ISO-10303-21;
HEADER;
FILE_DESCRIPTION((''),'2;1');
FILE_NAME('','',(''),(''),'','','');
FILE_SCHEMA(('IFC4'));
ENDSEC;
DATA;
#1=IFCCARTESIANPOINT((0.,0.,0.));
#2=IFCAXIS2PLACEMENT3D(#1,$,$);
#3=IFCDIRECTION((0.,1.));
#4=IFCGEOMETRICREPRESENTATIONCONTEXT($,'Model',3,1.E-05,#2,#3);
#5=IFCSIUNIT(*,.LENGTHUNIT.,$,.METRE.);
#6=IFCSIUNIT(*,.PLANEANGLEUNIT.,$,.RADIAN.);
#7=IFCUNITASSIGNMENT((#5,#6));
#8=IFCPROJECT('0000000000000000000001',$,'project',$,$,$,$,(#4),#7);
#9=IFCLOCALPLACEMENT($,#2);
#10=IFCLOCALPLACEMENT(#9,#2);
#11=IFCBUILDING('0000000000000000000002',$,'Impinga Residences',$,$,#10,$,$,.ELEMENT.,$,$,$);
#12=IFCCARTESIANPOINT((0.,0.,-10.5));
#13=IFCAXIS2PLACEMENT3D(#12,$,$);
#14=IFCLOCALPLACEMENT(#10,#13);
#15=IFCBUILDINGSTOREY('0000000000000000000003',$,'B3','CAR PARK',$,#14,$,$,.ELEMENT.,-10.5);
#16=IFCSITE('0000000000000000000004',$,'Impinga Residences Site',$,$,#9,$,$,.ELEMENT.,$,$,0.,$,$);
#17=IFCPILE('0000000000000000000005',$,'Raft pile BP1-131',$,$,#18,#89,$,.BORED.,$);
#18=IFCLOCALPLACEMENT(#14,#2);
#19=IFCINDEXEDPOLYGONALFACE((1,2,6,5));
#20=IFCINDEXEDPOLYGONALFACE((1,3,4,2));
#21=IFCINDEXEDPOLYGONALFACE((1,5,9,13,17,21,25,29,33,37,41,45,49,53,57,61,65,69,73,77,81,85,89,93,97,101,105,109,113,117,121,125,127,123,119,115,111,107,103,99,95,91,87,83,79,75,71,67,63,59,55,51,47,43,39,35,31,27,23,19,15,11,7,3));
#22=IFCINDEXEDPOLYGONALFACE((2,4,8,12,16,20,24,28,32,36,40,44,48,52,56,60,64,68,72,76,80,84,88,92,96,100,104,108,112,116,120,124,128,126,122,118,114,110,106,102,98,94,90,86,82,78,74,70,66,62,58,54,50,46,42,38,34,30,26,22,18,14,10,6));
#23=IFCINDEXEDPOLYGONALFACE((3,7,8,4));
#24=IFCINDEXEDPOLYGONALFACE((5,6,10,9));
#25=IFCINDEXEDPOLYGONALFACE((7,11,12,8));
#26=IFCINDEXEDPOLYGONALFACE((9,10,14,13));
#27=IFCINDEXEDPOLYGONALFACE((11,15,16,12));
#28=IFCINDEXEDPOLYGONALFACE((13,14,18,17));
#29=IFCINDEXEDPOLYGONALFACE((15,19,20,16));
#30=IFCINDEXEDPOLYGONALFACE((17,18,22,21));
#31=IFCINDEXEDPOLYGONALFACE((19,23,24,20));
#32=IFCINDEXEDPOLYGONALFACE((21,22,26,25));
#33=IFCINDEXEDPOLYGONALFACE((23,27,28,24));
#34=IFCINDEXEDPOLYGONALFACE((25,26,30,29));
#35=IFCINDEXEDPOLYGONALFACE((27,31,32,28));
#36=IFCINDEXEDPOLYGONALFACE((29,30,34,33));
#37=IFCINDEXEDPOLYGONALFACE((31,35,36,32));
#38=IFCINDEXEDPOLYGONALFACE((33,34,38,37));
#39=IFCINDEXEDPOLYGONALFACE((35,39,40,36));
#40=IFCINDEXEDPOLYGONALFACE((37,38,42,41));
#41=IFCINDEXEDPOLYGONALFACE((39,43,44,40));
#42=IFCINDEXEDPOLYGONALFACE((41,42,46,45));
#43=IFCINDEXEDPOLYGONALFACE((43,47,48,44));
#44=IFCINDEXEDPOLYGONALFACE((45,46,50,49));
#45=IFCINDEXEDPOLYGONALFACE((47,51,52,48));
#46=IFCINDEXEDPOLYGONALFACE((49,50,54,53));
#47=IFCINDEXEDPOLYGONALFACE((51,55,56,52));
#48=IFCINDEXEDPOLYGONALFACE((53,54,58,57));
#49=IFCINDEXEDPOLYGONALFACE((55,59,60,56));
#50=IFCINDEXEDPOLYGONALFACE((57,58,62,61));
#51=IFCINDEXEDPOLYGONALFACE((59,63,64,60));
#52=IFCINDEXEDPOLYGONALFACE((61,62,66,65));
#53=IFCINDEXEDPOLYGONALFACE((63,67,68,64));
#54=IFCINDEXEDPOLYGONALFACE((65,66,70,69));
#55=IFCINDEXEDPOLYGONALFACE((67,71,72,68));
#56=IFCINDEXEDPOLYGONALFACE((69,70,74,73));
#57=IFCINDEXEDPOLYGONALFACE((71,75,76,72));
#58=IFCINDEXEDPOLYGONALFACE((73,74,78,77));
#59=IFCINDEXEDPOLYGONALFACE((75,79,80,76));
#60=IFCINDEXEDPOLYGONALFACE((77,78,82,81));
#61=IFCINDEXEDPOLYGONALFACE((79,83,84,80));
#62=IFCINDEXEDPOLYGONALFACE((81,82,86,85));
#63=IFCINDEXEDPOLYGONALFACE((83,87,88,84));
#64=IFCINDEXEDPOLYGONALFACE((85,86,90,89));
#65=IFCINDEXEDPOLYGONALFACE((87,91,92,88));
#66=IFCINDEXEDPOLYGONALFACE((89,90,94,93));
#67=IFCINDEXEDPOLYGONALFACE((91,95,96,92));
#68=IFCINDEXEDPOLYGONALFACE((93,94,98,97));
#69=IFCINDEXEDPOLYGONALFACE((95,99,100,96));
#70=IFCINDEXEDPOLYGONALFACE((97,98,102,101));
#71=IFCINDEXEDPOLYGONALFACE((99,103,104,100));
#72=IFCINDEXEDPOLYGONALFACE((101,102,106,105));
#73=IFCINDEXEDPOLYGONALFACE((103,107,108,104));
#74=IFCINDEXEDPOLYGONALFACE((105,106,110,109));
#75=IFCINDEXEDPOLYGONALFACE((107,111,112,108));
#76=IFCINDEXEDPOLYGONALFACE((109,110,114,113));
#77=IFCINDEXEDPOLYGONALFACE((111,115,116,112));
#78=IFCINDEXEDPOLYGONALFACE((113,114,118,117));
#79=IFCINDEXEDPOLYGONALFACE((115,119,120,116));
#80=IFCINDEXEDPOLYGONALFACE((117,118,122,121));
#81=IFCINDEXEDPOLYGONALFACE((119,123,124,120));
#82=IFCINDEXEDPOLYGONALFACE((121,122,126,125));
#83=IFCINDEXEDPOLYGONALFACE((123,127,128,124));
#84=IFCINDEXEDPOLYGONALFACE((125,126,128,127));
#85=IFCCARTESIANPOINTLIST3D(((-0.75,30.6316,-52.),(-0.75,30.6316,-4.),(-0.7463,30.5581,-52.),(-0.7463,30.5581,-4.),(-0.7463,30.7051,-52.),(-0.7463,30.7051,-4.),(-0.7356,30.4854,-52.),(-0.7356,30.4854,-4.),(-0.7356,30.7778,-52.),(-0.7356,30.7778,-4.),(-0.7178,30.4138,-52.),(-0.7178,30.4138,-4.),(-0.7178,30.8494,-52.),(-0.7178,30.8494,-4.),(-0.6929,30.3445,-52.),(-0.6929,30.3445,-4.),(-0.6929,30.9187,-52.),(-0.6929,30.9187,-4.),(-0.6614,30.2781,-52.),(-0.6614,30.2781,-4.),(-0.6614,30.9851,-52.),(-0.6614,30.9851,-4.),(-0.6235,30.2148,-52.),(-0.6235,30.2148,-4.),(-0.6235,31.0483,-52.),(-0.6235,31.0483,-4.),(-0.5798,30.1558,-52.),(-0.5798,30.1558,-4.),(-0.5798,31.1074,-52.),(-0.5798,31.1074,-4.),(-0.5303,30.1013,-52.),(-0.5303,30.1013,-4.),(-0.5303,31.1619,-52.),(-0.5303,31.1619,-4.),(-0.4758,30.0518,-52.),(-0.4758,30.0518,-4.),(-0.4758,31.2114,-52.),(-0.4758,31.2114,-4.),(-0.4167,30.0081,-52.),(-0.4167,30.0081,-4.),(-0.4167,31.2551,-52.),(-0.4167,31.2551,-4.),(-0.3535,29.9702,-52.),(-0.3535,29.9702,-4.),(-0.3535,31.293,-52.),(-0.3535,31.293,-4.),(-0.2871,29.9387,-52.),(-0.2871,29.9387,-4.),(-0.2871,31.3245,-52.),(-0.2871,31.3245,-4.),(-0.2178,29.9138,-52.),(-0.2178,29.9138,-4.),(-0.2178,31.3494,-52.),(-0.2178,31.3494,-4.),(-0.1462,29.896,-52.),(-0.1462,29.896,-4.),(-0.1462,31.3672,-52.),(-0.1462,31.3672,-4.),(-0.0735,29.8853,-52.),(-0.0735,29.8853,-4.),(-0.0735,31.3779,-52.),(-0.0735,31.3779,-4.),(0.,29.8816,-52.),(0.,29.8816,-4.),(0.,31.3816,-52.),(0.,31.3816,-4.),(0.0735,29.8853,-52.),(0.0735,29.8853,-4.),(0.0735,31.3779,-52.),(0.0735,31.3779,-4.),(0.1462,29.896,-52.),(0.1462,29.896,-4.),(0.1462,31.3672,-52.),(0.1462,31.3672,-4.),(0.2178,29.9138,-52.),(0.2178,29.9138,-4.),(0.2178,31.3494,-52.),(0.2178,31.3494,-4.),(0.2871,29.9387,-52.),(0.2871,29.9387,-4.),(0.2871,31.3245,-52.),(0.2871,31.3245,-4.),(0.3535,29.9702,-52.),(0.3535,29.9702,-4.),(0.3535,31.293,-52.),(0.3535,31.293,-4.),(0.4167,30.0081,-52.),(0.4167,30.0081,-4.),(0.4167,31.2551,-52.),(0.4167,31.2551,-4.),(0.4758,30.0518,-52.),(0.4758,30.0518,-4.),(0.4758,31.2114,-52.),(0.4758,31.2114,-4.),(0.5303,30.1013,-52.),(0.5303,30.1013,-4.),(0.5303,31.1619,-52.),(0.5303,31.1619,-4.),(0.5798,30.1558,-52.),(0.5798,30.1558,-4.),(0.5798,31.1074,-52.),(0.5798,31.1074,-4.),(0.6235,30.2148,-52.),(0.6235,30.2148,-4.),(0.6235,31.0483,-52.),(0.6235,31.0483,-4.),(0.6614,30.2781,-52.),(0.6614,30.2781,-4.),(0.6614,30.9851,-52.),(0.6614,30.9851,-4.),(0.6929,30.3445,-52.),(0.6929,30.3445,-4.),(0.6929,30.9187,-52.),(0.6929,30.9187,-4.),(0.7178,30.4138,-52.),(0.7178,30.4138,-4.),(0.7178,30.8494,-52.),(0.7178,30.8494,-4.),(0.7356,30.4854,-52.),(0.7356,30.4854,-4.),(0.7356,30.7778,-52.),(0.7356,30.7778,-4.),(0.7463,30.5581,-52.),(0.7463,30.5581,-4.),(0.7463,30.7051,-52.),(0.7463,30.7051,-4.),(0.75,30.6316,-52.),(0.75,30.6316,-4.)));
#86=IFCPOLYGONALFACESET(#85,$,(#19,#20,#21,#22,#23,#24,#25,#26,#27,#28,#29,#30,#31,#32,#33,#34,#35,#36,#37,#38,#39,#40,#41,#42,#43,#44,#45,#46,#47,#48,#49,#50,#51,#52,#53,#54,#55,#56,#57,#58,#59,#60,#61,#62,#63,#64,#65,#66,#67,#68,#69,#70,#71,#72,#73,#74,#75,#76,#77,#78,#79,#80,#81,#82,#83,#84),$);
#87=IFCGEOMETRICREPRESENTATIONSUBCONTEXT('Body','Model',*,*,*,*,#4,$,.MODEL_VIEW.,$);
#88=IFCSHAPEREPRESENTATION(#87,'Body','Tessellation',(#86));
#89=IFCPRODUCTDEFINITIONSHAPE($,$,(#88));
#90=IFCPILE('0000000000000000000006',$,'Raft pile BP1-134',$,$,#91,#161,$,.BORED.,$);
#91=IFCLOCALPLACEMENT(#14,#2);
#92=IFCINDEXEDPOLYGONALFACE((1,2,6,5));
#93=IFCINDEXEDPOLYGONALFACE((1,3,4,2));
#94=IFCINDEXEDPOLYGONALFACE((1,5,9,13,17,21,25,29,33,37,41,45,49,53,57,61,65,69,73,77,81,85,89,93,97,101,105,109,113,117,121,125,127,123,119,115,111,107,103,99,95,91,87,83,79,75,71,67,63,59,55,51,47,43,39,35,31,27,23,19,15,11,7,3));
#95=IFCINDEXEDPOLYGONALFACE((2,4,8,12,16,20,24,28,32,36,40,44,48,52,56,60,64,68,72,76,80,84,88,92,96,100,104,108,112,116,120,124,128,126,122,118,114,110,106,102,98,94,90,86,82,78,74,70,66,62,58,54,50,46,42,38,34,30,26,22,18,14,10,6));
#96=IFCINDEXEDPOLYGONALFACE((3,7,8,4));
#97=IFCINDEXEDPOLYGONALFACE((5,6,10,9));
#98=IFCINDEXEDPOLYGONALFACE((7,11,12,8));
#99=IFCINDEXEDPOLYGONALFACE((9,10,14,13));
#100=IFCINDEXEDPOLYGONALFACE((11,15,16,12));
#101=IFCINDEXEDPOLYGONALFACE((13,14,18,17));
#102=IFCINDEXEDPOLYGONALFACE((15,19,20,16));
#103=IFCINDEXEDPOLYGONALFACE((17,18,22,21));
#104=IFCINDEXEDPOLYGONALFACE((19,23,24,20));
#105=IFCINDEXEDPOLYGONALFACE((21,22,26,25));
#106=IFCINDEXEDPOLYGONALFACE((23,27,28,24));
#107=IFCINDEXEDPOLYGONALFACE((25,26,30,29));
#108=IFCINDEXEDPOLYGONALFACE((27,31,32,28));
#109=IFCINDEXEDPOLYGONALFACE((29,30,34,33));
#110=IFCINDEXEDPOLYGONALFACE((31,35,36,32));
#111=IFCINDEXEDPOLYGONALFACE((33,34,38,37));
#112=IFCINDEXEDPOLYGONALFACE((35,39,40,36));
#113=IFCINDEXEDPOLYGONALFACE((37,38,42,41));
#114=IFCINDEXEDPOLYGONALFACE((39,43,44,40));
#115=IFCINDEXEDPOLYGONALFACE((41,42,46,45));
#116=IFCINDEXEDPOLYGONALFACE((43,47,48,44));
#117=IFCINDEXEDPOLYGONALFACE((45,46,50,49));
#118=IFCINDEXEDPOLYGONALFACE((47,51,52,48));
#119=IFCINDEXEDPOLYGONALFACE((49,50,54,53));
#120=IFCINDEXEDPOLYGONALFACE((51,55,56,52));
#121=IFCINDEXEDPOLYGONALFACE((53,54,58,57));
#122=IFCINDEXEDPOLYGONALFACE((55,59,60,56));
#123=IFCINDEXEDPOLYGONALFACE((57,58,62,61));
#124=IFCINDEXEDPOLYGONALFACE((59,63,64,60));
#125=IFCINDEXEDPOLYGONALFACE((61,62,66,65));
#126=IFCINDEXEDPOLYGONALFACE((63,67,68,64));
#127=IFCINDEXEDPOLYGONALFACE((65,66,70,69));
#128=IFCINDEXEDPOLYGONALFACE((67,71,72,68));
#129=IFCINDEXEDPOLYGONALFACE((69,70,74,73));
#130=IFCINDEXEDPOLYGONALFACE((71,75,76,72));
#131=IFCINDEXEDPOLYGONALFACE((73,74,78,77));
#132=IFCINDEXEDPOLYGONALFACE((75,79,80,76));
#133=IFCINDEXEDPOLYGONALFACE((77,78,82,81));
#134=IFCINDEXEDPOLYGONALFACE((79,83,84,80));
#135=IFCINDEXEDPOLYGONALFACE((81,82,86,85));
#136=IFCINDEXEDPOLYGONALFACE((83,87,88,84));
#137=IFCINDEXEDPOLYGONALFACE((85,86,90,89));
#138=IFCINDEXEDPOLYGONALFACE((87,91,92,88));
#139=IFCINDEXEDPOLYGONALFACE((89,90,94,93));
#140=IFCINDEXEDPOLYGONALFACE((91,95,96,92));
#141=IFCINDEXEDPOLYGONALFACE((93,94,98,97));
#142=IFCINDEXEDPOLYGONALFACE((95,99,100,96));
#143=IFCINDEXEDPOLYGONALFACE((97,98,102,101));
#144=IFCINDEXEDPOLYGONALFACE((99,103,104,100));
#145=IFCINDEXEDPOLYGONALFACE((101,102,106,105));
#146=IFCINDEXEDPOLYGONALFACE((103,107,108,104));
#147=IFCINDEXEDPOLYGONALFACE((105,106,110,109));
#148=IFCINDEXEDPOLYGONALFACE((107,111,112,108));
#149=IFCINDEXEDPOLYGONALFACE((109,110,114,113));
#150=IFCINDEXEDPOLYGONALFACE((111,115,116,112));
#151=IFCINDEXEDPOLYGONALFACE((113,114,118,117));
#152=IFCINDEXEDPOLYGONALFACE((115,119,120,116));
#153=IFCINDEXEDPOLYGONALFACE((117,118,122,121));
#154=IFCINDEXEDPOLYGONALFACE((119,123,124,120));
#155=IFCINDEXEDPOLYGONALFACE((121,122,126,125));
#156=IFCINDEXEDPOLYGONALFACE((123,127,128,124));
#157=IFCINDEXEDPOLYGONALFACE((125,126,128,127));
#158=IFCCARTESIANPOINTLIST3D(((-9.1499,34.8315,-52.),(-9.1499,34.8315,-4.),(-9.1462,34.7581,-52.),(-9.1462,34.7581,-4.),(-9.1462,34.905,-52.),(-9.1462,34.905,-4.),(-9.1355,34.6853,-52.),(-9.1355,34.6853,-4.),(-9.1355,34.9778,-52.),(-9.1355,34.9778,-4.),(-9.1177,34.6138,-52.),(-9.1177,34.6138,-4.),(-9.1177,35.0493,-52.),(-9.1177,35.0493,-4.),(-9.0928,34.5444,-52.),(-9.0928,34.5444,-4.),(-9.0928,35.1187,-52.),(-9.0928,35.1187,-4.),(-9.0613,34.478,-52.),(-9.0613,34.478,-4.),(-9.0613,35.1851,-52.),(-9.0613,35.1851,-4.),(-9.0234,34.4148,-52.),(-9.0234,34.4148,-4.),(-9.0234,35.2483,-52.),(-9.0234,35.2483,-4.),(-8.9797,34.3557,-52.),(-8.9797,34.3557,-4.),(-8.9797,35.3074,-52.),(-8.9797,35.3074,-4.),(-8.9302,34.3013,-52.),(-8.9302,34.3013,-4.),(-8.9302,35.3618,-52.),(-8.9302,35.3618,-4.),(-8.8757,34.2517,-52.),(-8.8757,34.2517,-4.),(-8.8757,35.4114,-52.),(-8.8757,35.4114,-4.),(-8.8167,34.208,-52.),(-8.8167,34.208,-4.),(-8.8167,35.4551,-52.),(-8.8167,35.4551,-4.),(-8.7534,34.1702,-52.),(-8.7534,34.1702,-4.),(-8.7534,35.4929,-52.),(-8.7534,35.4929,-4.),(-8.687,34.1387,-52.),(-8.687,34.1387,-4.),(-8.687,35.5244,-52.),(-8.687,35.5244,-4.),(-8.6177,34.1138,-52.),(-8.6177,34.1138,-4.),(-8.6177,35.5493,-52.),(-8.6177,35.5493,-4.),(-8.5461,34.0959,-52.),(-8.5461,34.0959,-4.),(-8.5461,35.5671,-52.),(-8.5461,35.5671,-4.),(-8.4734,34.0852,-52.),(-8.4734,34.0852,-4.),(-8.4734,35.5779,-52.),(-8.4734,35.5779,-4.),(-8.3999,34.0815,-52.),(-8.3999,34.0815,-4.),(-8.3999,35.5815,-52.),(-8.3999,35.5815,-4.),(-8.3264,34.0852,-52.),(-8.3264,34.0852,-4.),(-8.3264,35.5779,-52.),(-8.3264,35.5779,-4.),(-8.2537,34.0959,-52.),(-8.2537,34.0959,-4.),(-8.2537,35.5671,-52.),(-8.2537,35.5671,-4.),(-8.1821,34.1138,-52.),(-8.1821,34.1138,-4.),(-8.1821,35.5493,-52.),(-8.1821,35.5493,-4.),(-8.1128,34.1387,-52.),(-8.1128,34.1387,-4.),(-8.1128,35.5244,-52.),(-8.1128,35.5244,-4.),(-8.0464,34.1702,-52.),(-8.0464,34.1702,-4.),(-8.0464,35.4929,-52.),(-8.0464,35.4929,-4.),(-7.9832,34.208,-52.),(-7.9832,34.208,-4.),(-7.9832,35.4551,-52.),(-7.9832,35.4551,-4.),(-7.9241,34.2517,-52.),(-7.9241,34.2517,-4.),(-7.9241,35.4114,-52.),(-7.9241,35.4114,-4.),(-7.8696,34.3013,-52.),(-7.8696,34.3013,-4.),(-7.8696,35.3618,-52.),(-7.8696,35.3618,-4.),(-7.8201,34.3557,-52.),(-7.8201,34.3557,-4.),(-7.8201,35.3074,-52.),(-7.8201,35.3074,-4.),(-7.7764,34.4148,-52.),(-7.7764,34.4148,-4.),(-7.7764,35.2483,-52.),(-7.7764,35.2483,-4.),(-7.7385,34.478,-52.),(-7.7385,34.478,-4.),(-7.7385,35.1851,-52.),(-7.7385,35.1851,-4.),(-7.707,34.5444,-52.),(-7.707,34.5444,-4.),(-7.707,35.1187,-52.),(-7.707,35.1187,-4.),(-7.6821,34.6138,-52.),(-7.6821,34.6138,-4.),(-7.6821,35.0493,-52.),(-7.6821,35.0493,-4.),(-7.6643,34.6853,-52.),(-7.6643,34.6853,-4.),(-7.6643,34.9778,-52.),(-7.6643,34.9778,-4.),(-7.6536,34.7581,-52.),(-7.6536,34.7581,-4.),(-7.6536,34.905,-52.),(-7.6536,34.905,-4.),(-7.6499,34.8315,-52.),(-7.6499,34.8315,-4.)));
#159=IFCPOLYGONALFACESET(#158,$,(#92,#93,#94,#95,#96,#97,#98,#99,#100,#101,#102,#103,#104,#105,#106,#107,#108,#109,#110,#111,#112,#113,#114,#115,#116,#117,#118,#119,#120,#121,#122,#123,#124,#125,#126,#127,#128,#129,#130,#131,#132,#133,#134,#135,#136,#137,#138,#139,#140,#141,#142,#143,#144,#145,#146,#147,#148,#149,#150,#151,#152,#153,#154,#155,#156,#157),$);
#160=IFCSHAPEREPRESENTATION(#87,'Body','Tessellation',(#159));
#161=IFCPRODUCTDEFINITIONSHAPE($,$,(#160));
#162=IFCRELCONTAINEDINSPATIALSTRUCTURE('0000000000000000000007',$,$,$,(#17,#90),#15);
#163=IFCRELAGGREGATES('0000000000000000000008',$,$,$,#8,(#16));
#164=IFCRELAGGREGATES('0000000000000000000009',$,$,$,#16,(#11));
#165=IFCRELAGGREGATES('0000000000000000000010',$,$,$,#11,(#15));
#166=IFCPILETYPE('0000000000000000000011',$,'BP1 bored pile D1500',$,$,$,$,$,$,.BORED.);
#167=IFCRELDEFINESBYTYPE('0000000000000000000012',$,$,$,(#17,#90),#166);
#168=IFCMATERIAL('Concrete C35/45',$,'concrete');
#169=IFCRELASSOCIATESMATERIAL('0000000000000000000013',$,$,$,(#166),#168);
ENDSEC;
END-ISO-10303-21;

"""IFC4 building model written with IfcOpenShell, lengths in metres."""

from ifc_helpers import new_model, si_unit, direction, frame, origin, origin_2d, place, context, subcontext, project, spatial, polyline, circle, outline, extrude, material, material_profile, profile_set, type_object, element, save


model = new_model("IFC4")

# Units and contexts
model_context = context("Model", 3, precision=1e-05, world=origin(), true_north=direction((0.0, 1.0)))
body_context = subcontext(model_context, "Body", "Model", "MODEL_VIEW")
ifc_project = project(units=[si_unit("LENGTHUNIT", "METRE"), si_unit("PLANEANGLEUNIT", "RADIAN")], contexts=[model_context])

# Site, building, storey
site_placement = place(None, origin())
site = spatial("IfcSite", under=ifc_project, at=site_placement, Name="Impinga Residences Site", CompositionType="ELEMENT", RefElevation=0.0)
building_placement = place(site_placement, origin())
building = spatial("IfcBuilding", under=site, at=building_placement, Name="Impinga Residences", CompositionType="ELEMENT")
storey_placement = place(building_placement, frame((0.0, 0.0, -10.5)))
storey = spatial("IfcBuildingStorey", under=building, at=storey_placement, Name="B3", Description="CAR PARK", CompositionType="ELEMENT", Elevation=-10.5)

# Piles
ifc_material_1 = material(Name="Concrete C35/45", Category="concrete")
ifc_material_profile_1 = material_profile(ifc_material_1, circle(Radius=0.75, at=origin_2d()), Name="D1500")
ifc_profile_set_1 = profile_set([ifc_material_profile_1], Name="Concrete C35/45")
pile_type_1 = type_object("IfcPileType", Name="BP1 bored pile D1500", PredefinedType="BORED", material=ifc_profile_set_1)
pile_1_placement = place(storey_placement, frame((0.0, 30.6316, -4.0), z_axis=(0.0, 0.0, -1.0), x_axis=(1.0, 0.0, 0.0)))
element("IfcPile", 1, at=pile_1_placement, inside=storey, type_object=pile_type_1, Name="Raft pile BP1-131", PredefinedType="BORED", context=body_context, shape_type="SweptSolid", body=[
    extrude(outline(polyline([(0.75, 0.0), (0.7463, 0.0735), (0.7356, 0.1462), (0.7178, 0.2178), (0.6929, 0.2871), (0.6614, 0.3535), (0.6235, 0.4167), (0.5798, 0.4758), (0.5303, 0.5303), (0.4758, 0.5798), (0.4167, 0.6235), (0.3535, 0.6614), (0.2871, 0.6929), (0.2178, 0.7178), (0.1462, 0.7356), (0.0735, 0.7463), (0.0, 0.75), (-0.0735, 0.7463), (-0.1462, 0.7356), (-0.2178, 0.7178), (-0.2871, 0.6929), (-0.3535, 0.6614), (-0.4167, 0.6235), (-0.4758, 0.5798), (-0.5303, 0.5303), (-0.5798, 0.4758), (-0.6235, 0.4167), (-0.6614, 0.3535), (-0.6929, 0.2871), (-0.7178, 0.2178), (-0.7356, 0.1462), (-0.7463, 0.0735), (-0.75, 0.0), (-0.7463, -0.0735), (-0.7356, -0.1462), (-0.7178, -0.2178), (-0.6929, -0.2871), (-0.6614, -0.3535), (-0.6235, -0.4167), (-0.5798, -0.4758), (-0.5303, -0.5303), (-0.4758, -0.5798), (-0.4167, -0.6235), (-0.3535, -0.6614), (-0.2871, -0.6929), (-0.2178, -0.7178), (-0.1462, -0.7356), (-0.0735, -0.7463), (0.0, -0.75), (0.0735, -0.7463), (0.1462, -0.7356), (0.2178, -0.7178), (0.2871, -0.6929), (0.3535, -0.6614), (0.4167, -0.6235), (0.4758, -0.5798), (0.5303, -0.5303), (0.5798, -0.4758), (0.6235, -0.4167), (0.6614, -0.3535), (0.6929, -0.2871), (0.7178, -0.2178), (0.7356, -0.1462), (0.7463, -0.0735), (0.75, 0.0)])), origin(), (0.0, 0.0, 1.0), 48.0),
])
pile_2_placement = place(storey_placement, frame((-8.3999, 34.8315, -4.0), z_axis=(0.0, 0.0, -1.0), x_axis=(1.0, 0.0, 0.0)))
element("IfcPile", 2, at=pile_2_placement, inside=storey, type_object=pile_type_1, Name="Raft pile BP1-134", PredefinedType="BORED", context=body_context, shape_type="SweptSolid", body=[
    extrude(outline(polyline([(0.75, 0.0), (0.7463, 0.0735), (0.7356, 0.1462), (0.7178, 0.2178), (0.6929, 0.2871), (0.6614, 0.3535), (0.6235, 0.4167), (0.5798, 0.4758), (0.5303, 0.5303), (0.4758, 0.5798), (0.4167, 0.6235), (0.3535, 0.6614), (0.2871, 0.6929), (0.2178, 0.7178), (0.1462, 0.7356), (0.0735, 0.7463), (0.0, 0.75), (-0.0735, 0.7463), (-0.1462, 0.7356), (-0.2178, 0.7178), (-0.2871, 0.6929), (-0.3535, 0.6614), (-0.4167, 0.6235), (-0.4758, 0.5798), (-0.5303, 0.5303), (-0.5798, 0.4758), (-0.6235, 0.4167), (-0.6614, 0.3535), (-0.6929, 0.2871), (-0.7178, 0.2178), (-0.7356, 0.1462), (-0.7463, 0.0735), (-0.75, 0.0), (-0.7463, -0.0735), (-0.7356, -0.1462), (-0.7178, -0.2178), (-0.6929, -0.2871), (-0.6614, -0.3535), (-0.6235, -0.4167), (-0.5798, -0.4758), (-0.5303, -0.5303), (-0.4758, -0.5798), (-0.4167, -0.6235), (-0.3535, -0.6614), (-0.2871, -0.6929), (-0.2178, -0.7178), (-0.1462, -0.7356), (-0.0735, -0.7463), (0.0, -0.75), (0.0735, -0.7463), (0.1462, -0.7356), (0.2178, -0.7178), (0.2871, -0.6929), (0.3535, -0.6614), (0.4167, -0.6235), (0.4758, -0.5798), (0.5303, -0.5303), (0.5798, -0.4758), (0.6235, -0.4167), (0.6614, -0.3535), (0.6929, -0.2871), (0.7178, -0.2178), (0.7356, -0.1462), (0.7463, -0.0735), (0.75, 0.0)])), origin(), (0.0, 0.0, 1.0), 48.0),
])

save(model, "model.ifc")
